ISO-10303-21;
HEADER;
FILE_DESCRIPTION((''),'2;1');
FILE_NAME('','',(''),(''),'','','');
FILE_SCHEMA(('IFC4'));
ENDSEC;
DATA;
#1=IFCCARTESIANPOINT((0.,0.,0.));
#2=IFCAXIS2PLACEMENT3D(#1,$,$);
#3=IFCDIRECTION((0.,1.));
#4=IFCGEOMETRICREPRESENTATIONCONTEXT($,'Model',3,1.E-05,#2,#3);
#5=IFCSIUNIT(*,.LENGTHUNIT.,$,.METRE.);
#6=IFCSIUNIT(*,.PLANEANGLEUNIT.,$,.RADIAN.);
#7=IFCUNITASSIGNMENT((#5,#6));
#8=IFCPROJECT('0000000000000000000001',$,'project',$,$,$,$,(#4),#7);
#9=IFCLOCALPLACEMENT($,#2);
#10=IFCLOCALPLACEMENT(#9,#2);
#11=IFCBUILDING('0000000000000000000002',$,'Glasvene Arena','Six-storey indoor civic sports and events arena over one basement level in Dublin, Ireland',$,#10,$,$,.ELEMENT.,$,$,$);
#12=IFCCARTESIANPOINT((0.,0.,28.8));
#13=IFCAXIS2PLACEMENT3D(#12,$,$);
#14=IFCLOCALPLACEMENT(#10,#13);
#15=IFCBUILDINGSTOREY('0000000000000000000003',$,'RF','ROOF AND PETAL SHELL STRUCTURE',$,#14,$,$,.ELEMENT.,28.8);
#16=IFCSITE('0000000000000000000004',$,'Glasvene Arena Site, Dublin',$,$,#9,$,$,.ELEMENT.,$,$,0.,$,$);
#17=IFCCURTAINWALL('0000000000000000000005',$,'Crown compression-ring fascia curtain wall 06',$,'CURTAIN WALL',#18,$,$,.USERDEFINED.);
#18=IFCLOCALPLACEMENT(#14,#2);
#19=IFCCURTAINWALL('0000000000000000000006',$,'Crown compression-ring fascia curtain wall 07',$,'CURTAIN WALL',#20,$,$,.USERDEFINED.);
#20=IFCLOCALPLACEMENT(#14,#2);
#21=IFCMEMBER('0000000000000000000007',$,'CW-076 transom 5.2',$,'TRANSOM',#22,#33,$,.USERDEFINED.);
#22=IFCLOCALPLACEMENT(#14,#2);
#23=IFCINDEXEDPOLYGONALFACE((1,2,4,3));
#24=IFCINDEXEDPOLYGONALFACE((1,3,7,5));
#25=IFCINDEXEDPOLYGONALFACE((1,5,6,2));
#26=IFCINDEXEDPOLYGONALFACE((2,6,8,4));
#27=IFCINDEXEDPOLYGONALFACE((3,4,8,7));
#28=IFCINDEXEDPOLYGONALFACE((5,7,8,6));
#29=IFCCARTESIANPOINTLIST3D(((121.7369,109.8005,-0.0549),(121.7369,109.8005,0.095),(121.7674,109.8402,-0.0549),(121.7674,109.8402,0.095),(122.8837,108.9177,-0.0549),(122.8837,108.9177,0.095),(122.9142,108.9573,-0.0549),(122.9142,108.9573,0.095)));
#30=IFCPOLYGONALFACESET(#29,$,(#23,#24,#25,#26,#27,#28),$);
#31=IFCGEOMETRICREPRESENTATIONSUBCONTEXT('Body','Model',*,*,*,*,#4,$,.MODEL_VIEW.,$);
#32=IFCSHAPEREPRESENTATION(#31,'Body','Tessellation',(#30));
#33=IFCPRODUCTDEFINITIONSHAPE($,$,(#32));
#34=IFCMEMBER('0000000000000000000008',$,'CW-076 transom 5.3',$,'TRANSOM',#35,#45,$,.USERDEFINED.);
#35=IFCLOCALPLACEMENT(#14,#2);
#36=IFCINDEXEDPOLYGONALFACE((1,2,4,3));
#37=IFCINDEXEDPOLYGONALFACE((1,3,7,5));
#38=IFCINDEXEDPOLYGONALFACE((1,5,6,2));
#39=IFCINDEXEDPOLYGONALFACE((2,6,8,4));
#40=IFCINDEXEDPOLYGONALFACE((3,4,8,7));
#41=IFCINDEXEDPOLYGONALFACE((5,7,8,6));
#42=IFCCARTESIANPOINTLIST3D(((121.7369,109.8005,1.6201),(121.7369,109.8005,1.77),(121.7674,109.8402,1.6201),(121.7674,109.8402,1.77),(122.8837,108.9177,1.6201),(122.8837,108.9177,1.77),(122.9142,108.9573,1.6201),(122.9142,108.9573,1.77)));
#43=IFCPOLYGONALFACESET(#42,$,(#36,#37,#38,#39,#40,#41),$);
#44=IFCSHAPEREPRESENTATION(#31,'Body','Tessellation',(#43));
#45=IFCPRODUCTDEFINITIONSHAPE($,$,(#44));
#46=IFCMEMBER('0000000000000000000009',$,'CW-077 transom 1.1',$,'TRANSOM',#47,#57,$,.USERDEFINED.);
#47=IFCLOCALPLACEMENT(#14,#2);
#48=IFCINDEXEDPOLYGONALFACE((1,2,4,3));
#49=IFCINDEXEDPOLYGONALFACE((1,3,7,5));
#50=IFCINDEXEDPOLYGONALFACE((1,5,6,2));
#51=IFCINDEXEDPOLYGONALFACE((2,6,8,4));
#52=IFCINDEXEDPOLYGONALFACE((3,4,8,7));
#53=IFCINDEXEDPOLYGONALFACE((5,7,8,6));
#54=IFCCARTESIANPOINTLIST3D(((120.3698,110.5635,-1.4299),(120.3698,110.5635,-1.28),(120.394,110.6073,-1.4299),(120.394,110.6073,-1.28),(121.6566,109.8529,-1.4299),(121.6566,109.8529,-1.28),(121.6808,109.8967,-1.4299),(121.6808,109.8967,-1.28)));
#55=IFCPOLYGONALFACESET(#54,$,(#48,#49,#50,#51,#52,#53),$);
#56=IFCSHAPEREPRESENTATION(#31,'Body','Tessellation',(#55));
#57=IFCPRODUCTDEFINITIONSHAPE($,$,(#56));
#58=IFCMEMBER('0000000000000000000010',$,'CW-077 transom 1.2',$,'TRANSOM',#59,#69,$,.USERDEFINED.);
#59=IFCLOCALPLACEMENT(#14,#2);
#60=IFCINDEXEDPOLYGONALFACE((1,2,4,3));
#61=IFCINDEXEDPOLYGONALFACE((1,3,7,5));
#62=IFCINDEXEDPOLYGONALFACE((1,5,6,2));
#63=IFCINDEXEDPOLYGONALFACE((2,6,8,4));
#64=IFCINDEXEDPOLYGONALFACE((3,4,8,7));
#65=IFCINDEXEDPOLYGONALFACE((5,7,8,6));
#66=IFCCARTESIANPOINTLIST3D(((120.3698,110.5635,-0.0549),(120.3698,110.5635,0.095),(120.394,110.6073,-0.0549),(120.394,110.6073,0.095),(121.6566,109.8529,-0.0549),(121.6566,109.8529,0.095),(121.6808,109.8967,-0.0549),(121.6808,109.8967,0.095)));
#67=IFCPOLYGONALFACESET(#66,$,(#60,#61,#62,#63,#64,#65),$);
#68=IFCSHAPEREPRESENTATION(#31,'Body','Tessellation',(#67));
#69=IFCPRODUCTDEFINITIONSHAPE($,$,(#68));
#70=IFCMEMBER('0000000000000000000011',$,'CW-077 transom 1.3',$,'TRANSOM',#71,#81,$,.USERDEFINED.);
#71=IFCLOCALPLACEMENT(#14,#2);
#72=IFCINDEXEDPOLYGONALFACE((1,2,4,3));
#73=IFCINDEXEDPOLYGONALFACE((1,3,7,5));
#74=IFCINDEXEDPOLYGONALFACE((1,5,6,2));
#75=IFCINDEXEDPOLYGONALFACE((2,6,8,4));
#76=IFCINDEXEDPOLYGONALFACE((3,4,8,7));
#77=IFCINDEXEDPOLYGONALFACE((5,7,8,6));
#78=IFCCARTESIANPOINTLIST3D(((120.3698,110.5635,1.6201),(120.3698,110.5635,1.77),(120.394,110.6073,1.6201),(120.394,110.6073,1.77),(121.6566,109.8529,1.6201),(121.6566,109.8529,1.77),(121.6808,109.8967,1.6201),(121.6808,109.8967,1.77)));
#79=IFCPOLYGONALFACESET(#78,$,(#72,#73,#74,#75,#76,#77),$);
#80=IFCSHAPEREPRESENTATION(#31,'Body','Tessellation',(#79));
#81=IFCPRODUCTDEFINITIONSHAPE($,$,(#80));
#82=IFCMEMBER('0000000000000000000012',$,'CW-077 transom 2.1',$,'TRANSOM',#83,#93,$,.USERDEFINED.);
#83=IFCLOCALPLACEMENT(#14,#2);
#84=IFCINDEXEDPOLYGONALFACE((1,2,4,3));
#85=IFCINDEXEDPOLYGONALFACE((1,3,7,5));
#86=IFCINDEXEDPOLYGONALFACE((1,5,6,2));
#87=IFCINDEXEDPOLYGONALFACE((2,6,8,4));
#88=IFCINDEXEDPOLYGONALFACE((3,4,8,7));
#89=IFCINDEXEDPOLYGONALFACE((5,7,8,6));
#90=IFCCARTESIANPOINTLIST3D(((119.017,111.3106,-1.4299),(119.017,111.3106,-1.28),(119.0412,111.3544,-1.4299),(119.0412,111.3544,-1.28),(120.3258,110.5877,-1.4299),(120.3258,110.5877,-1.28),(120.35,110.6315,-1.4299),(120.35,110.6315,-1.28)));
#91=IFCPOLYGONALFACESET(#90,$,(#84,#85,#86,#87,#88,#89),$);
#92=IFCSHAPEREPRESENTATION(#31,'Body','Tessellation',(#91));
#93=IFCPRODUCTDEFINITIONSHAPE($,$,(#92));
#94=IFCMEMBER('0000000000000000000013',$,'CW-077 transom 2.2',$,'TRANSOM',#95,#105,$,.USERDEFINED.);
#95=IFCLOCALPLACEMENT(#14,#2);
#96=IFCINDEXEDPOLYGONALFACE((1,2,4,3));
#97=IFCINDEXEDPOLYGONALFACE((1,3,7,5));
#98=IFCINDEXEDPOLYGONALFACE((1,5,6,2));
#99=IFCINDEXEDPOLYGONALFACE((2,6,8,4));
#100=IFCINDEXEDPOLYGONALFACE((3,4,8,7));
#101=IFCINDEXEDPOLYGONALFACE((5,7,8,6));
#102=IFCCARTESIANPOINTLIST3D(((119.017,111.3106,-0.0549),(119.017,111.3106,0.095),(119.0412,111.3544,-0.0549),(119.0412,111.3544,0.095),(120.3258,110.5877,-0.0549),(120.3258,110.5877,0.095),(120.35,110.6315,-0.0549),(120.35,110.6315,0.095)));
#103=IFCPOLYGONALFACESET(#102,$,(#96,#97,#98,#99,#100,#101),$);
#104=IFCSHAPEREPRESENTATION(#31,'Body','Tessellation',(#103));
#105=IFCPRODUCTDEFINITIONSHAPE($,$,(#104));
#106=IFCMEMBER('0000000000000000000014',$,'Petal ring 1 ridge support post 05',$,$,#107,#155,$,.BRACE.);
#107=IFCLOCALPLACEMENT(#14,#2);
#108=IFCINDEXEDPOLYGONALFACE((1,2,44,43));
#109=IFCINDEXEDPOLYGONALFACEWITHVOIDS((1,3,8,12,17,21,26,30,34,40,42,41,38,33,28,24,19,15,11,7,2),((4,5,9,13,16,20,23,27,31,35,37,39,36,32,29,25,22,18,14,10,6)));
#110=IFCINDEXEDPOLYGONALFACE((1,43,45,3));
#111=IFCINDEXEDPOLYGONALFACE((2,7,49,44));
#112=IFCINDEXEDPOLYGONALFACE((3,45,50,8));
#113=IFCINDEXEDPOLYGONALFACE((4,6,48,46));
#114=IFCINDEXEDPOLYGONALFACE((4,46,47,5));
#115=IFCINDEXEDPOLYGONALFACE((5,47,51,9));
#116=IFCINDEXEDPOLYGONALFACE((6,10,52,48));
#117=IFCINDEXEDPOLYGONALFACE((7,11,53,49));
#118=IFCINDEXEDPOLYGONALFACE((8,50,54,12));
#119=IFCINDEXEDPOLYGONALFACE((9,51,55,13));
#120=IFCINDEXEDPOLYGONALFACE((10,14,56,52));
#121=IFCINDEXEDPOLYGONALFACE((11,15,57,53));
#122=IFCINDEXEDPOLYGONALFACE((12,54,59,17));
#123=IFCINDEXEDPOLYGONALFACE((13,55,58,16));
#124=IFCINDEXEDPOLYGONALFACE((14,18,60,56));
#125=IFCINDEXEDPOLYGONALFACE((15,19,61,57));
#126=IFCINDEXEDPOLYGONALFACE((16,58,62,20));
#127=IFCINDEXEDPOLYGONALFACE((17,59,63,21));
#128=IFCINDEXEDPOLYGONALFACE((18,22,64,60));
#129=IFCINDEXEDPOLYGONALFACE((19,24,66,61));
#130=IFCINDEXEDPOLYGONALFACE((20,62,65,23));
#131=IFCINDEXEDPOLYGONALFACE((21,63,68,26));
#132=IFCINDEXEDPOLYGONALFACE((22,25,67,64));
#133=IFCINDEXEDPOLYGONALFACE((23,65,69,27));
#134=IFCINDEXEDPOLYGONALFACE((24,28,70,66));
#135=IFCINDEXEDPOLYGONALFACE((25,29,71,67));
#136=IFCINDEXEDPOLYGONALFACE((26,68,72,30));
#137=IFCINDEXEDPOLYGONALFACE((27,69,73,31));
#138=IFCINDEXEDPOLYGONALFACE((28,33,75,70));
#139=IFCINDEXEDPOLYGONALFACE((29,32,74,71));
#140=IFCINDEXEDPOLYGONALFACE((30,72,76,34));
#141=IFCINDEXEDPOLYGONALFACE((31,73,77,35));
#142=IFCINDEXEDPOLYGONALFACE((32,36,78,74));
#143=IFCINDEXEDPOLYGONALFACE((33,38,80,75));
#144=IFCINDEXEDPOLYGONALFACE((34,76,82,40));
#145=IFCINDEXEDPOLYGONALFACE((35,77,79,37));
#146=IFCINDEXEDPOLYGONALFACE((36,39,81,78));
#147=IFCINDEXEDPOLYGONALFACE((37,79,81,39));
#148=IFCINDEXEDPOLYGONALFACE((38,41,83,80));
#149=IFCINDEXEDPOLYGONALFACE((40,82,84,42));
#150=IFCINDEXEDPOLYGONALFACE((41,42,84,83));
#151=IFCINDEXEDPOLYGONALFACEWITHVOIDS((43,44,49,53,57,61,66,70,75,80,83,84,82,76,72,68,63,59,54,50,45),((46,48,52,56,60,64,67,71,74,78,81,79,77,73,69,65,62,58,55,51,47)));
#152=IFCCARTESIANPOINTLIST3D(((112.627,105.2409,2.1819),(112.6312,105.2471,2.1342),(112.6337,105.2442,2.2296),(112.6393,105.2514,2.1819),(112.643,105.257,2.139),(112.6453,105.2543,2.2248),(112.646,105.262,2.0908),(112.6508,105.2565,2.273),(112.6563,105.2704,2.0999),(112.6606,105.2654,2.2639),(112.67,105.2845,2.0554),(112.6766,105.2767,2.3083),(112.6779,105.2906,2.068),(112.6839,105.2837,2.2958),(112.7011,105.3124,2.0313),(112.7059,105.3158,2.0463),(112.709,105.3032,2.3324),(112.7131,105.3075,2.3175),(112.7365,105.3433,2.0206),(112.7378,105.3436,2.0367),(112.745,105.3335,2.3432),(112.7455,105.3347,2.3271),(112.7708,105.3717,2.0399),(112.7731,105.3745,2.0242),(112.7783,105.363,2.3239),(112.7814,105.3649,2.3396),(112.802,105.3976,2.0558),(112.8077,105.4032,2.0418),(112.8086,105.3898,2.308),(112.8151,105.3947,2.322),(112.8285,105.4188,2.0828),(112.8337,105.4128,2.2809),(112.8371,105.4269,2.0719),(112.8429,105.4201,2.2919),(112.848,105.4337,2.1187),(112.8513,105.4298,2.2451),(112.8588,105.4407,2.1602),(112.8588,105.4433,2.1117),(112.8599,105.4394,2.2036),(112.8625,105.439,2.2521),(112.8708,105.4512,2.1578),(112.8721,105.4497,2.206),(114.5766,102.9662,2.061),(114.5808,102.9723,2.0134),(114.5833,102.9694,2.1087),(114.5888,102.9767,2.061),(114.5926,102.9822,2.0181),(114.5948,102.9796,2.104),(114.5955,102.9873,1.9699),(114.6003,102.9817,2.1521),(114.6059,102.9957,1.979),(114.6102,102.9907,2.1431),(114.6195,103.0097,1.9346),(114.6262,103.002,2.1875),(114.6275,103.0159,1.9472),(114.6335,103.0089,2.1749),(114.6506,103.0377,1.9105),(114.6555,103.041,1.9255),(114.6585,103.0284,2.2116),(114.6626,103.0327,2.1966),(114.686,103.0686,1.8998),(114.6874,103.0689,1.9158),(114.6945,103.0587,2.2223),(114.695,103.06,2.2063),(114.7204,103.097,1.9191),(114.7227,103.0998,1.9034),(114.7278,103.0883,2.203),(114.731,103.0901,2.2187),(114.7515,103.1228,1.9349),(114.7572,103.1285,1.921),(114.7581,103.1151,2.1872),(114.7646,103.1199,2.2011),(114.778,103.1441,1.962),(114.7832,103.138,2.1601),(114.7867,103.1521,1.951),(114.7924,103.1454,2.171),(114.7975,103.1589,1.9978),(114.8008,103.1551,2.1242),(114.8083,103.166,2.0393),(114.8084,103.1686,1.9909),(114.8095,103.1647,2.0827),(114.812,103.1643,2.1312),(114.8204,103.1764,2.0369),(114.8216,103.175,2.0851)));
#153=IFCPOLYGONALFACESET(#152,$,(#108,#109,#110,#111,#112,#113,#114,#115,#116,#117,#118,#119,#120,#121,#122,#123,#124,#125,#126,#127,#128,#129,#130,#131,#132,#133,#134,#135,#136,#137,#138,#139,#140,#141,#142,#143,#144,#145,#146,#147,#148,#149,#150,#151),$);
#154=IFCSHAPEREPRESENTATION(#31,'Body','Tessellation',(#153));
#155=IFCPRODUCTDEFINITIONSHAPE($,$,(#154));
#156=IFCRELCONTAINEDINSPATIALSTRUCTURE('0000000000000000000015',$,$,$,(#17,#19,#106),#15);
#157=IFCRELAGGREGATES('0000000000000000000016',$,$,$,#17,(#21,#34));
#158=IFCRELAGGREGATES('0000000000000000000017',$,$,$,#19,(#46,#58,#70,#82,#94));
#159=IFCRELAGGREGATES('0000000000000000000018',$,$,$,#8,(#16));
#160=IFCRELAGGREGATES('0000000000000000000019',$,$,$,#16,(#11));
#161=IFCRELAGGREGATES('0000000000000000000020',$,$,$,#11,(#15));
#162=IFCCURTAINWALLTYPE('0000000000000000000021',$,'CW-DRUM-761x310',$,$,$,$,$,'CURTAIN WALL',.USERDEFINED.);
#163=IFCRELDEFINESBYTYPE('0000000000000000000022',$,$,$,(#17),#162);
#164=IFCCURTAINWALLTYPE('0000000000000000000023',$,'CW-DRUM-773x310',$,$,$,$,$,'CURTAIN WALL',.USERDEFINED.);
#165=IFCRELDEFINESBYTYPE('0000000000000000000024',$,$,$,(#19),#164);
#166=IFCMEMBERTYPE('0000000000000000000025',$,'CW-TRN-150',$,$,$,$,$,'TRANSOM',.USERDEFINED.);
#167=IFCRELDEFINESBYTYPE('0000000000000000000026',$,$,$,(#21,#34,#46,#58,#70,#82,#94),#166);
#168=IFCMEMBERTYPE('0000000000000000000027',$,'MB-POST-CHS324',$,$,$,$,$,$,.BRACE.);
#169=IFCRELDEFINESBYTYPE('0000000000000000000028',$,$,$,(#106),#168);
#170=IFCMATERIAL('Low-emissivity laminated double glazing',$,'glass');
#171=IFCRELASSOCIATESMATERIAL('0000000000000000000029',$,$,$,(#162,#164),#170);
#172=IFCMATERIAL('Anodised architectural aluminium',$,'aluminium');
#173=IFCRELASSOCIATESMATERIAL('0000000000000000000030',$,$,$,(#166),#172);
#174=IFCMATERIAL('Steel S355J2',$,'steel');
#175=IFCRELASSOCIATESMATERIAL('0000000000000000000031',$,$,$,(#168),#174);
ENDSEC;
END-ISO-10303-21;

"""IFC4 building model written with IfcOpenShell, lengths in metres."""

from ifc_helpers import new_model, si_unit, direction, frame, origin, origin_2d, place, context, subcontext, project, spatial, rectangle, hollow_circle, extrude, material, material_profile, profile_set, type_object, element, aggregate, save


model = new_model("IFC4")

# Units and contexts
model_context = context("Model", 3, precision=1e-05, world=origin(), true_north=direction((0.0, 1.0)))
body_context = subcontext(model_context, "Body", "Model", "MODEL_VIEW")
ifc_project = project(units=[si_unit("LENGTHUNIT", "METRE"), si_unit("PLANEANGLEUNIT", "RADIAN")], contexts=[model_context])

# Site, building, storey
site_placement = place(None, origin())
site = spatial("IfcSite", under=ifc_project, at=site_placement, Name="Glasvene Arena Site, Dublin", CompositionType="ELEMENT", RefElevation=0.0)
building_placement = place(site_placement, origin())
building = spatial("IfcBuilding", under=site, at=building_placement, Name="Glasvene Arena", Description="Six-storey indoor civic sports and events arena over one basement level in Dublin, Ireland", CompositionType="ELEMENT")
storey_placement = place(building_placement, frame((0.0, 0.0, 28.8)))
storey = spatial("IfcBuildingStorey", under=building, at=storey_placement, Name="RF", Description="ROOF AND PETAL SHELL STRUCTURE", CompositionType="ELEMENT", Elevation=28.8)

# Shared definitions
ifc_material_1 = material(Name="Steel S355J2", Category="steel")

# Shared definitions
ifc_material_2 = material(Name="Low-emissivity laminated double glazing", Category="glass")
ifc_material_3 = material(Name="Anodised architectural aluminium", Category="aluminium")

# Curtain walls
curtain_wall_type_1 = type_object("IfcCurtainWallType", Name="CW-DRUM-761x310", ElementType="CURTAIN WALL", PredefinedType="USERDEFINED", material=ifc_material_2)
curtain_wall_1_placement = place(storey_placement, frame((127.7441, 105.2087, 0.0)))
curtain_wall_1 = element("IfcCurtainWall", 1, at=curtain_wall_1_placement, inside=storey, type_object=curtain_wall_type_1, Name="Crown compression-ring fascia curtain wall 06", ObjectType="CURTAIN WALL", PredefinedType="USERDEFINED")
curtain_wall_type_2 = type_object("IfcCurtainWallType", Name="CW-DRUM-773x310", ElementType="CURTAIN WALL", PredefinedType="USERDEFINED", material=ifc_material_2)
curtain_wall_2_placement = place(storey_placement, frame((121.7124, 109.8506, 0.0)))
curtain_wall_2 = element("IfcCurtainWall", 2, at=curtain_wall_2_placement, inside=storey, type_object=curtain_wall_type_2, Name="Crown compression-ring fascia curtain wall 07", ObjectType="CURTAIN WALL", PredefinedType="USERDEFINED")

# Members
ifc_material_profile_1 = material_profile(ifc_material_3, rectangle(XDim=0.05, YDim=0.1499, at=origin_2d()), Name="ALU TRANSOM 50x150")
ifc_profile_set_1 = profile_set([ifc_material_profile_1], Name="Anodised architectural aluminium")
member_type_1 = type_object("IfcMemberType", Name="CW-TRN-150", ElementType="TRANSOM", PredefinedType="USERDEFINED", material=ifc_profile_set_1)
member_1_placement = place(storey_placement, frame((122.8989, 108.9375, 0.02), z_axis=(-0.792386, 0.610021, 0.0), x_axis=(-0.610021, -0.792386, 0.0)))
member_1 = element("IfcMember", 3, at=member_1_placement, type_object=member_type_1, Name="CW-076 transom 5.2", ObjectType="TRANSOM", PredefinedType="USERDEFINED", context=body_context, shape_type="SweptSolid", body=[
    extrude(rectangle(XDim=0.05, YDim=0.1499, at=origin_2d()), origin(), (0.0, 0.0, 1.0), 1.4473),
])
member_2_placement = place(storey_placement, frame((122.8989, 108.9375, 1.6951), z_axis=(-0.792386, 0.610021, 0.0), x_axis=(-0.610021, -0.792386, 0.0)))
member_2 = element("IfcMember", 4, at=member_2_placement, type_object=member_type_1, Name="CW-076 transom 5.3", ObjectType="TRANSOM", PredefinedType="USERDEFINED", context=body_context, shape_type="SweptSolid", body=[
    extrude(rectangle(XDim=0.05, YDim=0.1499, at=origin_2d()), origin(), (0.0, 0.0, 1.0), 1.4473),
])
member_3_placement = place(storey_placement, frame((121.6687, 109.8748, -1.355), z_axis=(-0.875377, 0.483442, 0.0), x_axis=(-0.483442, -0.875377, 0.0)))
member_3 = element("IfcMember", 5, at=member_3_placement, type_object=member_type_1, Name="CW-077 transom 1.1", ObjectType="TRANSOM", PredefinedType="USERDEFINED", context=body_context, shape_type="SweptSolid", body=[
    extrude(rectangle(XDim=0.05, YDim=0.1499, at=origin_2d()), origin(), (0.0, 0.0, 1.0), 1.47),
])
member_4_placement = place(storey_placement, frame((121.6687, 109.8748, 0.02), z_axis=(-0.875377, 0.483442, 0.0), x_axis=(-0.483442, -0.875377, 0.0)))
member_4 = element("IfcMember", 6, at=member_4_placement, type_object=member_type_1, Name="CW-077 transom 1.2", ObjectType="TRANSOM", PredefinedType="USERDEFINED", context=body_context, shape_type="SweptSolid", body=[
    extrude(rectangle(XDim=0.05, YDim=0.1499, at=origin_2d()), origin(), (0.0, 0.0, 1.0), 1.47),
])
member_5_placement = place(storey_placement, frame((121.6687, 109.8748, 1.6951), z_axis=(-0.875377, 0.483442, 0.0), x_axis=(-0.483442, -0.875377, 0.0)))
member_5 = element("IfcMember", 7, at=member_5_placement, type_object=member_type_1, Name="CW-077 transom 1.3", ObjectType="TRANSOM", PredefinedType="USERDEFINED", context=body_context, shape_type="SweptSolid", body=[
    extrude(rectangle(XDim=0.05, YDim=0.1499, at=origin_2d()), origin(), (0.0, 0.0, 1.0), 1.47),
])
member_6_placement = place(storey_placement, frame((120.3379, 110.6096, -1.355), z_axis=(-0.875356, 0.483479, 0.0), x_axis=(-0.483479, -0.875356, 0.0)))
member_6 = element("IfcMember", 8, at=member_6_placement, type_object=member_type_1, Name="CW-077 transom 2.1", ObjectType="TRANSOM", PredefinedType="USERDEFINED", context=body_context, shape_type="SweptSolid", body=[
    extrude(rectangle(XDim=0.05, YDim=0.1499, at=origin_2d()), origin(), (0.0, 0.0, 1.0), 1.4951),
])
member_7_placement = place(storey_placement, frame((120.3379, 110.6096, 0.02), z_axis=(-0.875356, 0.483479, 0.0), x_axis=(-0.483479, -0.875356, 0.0)))
member_7 = element("IfcMember", 9, at=member_7_placement, type_object=member_type_1, Name="CW-077 transom 2.2", ObjectType="TRANSOM", PredefinedType="USERDEFINED", context=body_context, shape_type="SweptSolid", body=[
    extrude(rectangle(XDim=0.05, YDim=0.1499, at=origin_2d()), origin(), (0.0, 0.0, 1.0), 1.4951),
])

# Member
ifc_material_profile_2 = material_profile(ifc_material_1, hollow_circle(Radius=0.1619, WallThickness=0.0161, at=origin_2d()), Name="CHS 323.9x16.0")
ifc_profile_set_2 = profile_set([ifc_material_profile_2], Name="Steel S355J2")
member_type_2 = type_object("IfcMemberType", Name="MB-POST-CHS324", PredefinedType="BRACE", material=ifc_profile_set_2)
member_8_placement = place(storey_placement, frame((114.6995, 103.0715, 2.061), z_axis=(-0.650216, 0.75868, 0.040308), x_axis=(-0.759297, -0.650744, 0.0)))
element("IfcMember", 10, at=member_8_placement, inside=storey, type_object=member_type_2, Name="Petal ring 1 ridge support post 05", PredefinedType="BRACE", context=body_context, shape_type="SweptSolid", body=[
    extrude(hollow_circle(Radius=0.1619, WallThickness=0.0161, at=origin_2d()), origin(), (0.0, 0.0, 1.0), 2.9983),
])

aggregate(curtain_wall_1, [member_1, member_2])
aggregate(curtain_wall_2, [member_3, member_4, member_5, member_6, member_7])

save(model, "model.ifc")
